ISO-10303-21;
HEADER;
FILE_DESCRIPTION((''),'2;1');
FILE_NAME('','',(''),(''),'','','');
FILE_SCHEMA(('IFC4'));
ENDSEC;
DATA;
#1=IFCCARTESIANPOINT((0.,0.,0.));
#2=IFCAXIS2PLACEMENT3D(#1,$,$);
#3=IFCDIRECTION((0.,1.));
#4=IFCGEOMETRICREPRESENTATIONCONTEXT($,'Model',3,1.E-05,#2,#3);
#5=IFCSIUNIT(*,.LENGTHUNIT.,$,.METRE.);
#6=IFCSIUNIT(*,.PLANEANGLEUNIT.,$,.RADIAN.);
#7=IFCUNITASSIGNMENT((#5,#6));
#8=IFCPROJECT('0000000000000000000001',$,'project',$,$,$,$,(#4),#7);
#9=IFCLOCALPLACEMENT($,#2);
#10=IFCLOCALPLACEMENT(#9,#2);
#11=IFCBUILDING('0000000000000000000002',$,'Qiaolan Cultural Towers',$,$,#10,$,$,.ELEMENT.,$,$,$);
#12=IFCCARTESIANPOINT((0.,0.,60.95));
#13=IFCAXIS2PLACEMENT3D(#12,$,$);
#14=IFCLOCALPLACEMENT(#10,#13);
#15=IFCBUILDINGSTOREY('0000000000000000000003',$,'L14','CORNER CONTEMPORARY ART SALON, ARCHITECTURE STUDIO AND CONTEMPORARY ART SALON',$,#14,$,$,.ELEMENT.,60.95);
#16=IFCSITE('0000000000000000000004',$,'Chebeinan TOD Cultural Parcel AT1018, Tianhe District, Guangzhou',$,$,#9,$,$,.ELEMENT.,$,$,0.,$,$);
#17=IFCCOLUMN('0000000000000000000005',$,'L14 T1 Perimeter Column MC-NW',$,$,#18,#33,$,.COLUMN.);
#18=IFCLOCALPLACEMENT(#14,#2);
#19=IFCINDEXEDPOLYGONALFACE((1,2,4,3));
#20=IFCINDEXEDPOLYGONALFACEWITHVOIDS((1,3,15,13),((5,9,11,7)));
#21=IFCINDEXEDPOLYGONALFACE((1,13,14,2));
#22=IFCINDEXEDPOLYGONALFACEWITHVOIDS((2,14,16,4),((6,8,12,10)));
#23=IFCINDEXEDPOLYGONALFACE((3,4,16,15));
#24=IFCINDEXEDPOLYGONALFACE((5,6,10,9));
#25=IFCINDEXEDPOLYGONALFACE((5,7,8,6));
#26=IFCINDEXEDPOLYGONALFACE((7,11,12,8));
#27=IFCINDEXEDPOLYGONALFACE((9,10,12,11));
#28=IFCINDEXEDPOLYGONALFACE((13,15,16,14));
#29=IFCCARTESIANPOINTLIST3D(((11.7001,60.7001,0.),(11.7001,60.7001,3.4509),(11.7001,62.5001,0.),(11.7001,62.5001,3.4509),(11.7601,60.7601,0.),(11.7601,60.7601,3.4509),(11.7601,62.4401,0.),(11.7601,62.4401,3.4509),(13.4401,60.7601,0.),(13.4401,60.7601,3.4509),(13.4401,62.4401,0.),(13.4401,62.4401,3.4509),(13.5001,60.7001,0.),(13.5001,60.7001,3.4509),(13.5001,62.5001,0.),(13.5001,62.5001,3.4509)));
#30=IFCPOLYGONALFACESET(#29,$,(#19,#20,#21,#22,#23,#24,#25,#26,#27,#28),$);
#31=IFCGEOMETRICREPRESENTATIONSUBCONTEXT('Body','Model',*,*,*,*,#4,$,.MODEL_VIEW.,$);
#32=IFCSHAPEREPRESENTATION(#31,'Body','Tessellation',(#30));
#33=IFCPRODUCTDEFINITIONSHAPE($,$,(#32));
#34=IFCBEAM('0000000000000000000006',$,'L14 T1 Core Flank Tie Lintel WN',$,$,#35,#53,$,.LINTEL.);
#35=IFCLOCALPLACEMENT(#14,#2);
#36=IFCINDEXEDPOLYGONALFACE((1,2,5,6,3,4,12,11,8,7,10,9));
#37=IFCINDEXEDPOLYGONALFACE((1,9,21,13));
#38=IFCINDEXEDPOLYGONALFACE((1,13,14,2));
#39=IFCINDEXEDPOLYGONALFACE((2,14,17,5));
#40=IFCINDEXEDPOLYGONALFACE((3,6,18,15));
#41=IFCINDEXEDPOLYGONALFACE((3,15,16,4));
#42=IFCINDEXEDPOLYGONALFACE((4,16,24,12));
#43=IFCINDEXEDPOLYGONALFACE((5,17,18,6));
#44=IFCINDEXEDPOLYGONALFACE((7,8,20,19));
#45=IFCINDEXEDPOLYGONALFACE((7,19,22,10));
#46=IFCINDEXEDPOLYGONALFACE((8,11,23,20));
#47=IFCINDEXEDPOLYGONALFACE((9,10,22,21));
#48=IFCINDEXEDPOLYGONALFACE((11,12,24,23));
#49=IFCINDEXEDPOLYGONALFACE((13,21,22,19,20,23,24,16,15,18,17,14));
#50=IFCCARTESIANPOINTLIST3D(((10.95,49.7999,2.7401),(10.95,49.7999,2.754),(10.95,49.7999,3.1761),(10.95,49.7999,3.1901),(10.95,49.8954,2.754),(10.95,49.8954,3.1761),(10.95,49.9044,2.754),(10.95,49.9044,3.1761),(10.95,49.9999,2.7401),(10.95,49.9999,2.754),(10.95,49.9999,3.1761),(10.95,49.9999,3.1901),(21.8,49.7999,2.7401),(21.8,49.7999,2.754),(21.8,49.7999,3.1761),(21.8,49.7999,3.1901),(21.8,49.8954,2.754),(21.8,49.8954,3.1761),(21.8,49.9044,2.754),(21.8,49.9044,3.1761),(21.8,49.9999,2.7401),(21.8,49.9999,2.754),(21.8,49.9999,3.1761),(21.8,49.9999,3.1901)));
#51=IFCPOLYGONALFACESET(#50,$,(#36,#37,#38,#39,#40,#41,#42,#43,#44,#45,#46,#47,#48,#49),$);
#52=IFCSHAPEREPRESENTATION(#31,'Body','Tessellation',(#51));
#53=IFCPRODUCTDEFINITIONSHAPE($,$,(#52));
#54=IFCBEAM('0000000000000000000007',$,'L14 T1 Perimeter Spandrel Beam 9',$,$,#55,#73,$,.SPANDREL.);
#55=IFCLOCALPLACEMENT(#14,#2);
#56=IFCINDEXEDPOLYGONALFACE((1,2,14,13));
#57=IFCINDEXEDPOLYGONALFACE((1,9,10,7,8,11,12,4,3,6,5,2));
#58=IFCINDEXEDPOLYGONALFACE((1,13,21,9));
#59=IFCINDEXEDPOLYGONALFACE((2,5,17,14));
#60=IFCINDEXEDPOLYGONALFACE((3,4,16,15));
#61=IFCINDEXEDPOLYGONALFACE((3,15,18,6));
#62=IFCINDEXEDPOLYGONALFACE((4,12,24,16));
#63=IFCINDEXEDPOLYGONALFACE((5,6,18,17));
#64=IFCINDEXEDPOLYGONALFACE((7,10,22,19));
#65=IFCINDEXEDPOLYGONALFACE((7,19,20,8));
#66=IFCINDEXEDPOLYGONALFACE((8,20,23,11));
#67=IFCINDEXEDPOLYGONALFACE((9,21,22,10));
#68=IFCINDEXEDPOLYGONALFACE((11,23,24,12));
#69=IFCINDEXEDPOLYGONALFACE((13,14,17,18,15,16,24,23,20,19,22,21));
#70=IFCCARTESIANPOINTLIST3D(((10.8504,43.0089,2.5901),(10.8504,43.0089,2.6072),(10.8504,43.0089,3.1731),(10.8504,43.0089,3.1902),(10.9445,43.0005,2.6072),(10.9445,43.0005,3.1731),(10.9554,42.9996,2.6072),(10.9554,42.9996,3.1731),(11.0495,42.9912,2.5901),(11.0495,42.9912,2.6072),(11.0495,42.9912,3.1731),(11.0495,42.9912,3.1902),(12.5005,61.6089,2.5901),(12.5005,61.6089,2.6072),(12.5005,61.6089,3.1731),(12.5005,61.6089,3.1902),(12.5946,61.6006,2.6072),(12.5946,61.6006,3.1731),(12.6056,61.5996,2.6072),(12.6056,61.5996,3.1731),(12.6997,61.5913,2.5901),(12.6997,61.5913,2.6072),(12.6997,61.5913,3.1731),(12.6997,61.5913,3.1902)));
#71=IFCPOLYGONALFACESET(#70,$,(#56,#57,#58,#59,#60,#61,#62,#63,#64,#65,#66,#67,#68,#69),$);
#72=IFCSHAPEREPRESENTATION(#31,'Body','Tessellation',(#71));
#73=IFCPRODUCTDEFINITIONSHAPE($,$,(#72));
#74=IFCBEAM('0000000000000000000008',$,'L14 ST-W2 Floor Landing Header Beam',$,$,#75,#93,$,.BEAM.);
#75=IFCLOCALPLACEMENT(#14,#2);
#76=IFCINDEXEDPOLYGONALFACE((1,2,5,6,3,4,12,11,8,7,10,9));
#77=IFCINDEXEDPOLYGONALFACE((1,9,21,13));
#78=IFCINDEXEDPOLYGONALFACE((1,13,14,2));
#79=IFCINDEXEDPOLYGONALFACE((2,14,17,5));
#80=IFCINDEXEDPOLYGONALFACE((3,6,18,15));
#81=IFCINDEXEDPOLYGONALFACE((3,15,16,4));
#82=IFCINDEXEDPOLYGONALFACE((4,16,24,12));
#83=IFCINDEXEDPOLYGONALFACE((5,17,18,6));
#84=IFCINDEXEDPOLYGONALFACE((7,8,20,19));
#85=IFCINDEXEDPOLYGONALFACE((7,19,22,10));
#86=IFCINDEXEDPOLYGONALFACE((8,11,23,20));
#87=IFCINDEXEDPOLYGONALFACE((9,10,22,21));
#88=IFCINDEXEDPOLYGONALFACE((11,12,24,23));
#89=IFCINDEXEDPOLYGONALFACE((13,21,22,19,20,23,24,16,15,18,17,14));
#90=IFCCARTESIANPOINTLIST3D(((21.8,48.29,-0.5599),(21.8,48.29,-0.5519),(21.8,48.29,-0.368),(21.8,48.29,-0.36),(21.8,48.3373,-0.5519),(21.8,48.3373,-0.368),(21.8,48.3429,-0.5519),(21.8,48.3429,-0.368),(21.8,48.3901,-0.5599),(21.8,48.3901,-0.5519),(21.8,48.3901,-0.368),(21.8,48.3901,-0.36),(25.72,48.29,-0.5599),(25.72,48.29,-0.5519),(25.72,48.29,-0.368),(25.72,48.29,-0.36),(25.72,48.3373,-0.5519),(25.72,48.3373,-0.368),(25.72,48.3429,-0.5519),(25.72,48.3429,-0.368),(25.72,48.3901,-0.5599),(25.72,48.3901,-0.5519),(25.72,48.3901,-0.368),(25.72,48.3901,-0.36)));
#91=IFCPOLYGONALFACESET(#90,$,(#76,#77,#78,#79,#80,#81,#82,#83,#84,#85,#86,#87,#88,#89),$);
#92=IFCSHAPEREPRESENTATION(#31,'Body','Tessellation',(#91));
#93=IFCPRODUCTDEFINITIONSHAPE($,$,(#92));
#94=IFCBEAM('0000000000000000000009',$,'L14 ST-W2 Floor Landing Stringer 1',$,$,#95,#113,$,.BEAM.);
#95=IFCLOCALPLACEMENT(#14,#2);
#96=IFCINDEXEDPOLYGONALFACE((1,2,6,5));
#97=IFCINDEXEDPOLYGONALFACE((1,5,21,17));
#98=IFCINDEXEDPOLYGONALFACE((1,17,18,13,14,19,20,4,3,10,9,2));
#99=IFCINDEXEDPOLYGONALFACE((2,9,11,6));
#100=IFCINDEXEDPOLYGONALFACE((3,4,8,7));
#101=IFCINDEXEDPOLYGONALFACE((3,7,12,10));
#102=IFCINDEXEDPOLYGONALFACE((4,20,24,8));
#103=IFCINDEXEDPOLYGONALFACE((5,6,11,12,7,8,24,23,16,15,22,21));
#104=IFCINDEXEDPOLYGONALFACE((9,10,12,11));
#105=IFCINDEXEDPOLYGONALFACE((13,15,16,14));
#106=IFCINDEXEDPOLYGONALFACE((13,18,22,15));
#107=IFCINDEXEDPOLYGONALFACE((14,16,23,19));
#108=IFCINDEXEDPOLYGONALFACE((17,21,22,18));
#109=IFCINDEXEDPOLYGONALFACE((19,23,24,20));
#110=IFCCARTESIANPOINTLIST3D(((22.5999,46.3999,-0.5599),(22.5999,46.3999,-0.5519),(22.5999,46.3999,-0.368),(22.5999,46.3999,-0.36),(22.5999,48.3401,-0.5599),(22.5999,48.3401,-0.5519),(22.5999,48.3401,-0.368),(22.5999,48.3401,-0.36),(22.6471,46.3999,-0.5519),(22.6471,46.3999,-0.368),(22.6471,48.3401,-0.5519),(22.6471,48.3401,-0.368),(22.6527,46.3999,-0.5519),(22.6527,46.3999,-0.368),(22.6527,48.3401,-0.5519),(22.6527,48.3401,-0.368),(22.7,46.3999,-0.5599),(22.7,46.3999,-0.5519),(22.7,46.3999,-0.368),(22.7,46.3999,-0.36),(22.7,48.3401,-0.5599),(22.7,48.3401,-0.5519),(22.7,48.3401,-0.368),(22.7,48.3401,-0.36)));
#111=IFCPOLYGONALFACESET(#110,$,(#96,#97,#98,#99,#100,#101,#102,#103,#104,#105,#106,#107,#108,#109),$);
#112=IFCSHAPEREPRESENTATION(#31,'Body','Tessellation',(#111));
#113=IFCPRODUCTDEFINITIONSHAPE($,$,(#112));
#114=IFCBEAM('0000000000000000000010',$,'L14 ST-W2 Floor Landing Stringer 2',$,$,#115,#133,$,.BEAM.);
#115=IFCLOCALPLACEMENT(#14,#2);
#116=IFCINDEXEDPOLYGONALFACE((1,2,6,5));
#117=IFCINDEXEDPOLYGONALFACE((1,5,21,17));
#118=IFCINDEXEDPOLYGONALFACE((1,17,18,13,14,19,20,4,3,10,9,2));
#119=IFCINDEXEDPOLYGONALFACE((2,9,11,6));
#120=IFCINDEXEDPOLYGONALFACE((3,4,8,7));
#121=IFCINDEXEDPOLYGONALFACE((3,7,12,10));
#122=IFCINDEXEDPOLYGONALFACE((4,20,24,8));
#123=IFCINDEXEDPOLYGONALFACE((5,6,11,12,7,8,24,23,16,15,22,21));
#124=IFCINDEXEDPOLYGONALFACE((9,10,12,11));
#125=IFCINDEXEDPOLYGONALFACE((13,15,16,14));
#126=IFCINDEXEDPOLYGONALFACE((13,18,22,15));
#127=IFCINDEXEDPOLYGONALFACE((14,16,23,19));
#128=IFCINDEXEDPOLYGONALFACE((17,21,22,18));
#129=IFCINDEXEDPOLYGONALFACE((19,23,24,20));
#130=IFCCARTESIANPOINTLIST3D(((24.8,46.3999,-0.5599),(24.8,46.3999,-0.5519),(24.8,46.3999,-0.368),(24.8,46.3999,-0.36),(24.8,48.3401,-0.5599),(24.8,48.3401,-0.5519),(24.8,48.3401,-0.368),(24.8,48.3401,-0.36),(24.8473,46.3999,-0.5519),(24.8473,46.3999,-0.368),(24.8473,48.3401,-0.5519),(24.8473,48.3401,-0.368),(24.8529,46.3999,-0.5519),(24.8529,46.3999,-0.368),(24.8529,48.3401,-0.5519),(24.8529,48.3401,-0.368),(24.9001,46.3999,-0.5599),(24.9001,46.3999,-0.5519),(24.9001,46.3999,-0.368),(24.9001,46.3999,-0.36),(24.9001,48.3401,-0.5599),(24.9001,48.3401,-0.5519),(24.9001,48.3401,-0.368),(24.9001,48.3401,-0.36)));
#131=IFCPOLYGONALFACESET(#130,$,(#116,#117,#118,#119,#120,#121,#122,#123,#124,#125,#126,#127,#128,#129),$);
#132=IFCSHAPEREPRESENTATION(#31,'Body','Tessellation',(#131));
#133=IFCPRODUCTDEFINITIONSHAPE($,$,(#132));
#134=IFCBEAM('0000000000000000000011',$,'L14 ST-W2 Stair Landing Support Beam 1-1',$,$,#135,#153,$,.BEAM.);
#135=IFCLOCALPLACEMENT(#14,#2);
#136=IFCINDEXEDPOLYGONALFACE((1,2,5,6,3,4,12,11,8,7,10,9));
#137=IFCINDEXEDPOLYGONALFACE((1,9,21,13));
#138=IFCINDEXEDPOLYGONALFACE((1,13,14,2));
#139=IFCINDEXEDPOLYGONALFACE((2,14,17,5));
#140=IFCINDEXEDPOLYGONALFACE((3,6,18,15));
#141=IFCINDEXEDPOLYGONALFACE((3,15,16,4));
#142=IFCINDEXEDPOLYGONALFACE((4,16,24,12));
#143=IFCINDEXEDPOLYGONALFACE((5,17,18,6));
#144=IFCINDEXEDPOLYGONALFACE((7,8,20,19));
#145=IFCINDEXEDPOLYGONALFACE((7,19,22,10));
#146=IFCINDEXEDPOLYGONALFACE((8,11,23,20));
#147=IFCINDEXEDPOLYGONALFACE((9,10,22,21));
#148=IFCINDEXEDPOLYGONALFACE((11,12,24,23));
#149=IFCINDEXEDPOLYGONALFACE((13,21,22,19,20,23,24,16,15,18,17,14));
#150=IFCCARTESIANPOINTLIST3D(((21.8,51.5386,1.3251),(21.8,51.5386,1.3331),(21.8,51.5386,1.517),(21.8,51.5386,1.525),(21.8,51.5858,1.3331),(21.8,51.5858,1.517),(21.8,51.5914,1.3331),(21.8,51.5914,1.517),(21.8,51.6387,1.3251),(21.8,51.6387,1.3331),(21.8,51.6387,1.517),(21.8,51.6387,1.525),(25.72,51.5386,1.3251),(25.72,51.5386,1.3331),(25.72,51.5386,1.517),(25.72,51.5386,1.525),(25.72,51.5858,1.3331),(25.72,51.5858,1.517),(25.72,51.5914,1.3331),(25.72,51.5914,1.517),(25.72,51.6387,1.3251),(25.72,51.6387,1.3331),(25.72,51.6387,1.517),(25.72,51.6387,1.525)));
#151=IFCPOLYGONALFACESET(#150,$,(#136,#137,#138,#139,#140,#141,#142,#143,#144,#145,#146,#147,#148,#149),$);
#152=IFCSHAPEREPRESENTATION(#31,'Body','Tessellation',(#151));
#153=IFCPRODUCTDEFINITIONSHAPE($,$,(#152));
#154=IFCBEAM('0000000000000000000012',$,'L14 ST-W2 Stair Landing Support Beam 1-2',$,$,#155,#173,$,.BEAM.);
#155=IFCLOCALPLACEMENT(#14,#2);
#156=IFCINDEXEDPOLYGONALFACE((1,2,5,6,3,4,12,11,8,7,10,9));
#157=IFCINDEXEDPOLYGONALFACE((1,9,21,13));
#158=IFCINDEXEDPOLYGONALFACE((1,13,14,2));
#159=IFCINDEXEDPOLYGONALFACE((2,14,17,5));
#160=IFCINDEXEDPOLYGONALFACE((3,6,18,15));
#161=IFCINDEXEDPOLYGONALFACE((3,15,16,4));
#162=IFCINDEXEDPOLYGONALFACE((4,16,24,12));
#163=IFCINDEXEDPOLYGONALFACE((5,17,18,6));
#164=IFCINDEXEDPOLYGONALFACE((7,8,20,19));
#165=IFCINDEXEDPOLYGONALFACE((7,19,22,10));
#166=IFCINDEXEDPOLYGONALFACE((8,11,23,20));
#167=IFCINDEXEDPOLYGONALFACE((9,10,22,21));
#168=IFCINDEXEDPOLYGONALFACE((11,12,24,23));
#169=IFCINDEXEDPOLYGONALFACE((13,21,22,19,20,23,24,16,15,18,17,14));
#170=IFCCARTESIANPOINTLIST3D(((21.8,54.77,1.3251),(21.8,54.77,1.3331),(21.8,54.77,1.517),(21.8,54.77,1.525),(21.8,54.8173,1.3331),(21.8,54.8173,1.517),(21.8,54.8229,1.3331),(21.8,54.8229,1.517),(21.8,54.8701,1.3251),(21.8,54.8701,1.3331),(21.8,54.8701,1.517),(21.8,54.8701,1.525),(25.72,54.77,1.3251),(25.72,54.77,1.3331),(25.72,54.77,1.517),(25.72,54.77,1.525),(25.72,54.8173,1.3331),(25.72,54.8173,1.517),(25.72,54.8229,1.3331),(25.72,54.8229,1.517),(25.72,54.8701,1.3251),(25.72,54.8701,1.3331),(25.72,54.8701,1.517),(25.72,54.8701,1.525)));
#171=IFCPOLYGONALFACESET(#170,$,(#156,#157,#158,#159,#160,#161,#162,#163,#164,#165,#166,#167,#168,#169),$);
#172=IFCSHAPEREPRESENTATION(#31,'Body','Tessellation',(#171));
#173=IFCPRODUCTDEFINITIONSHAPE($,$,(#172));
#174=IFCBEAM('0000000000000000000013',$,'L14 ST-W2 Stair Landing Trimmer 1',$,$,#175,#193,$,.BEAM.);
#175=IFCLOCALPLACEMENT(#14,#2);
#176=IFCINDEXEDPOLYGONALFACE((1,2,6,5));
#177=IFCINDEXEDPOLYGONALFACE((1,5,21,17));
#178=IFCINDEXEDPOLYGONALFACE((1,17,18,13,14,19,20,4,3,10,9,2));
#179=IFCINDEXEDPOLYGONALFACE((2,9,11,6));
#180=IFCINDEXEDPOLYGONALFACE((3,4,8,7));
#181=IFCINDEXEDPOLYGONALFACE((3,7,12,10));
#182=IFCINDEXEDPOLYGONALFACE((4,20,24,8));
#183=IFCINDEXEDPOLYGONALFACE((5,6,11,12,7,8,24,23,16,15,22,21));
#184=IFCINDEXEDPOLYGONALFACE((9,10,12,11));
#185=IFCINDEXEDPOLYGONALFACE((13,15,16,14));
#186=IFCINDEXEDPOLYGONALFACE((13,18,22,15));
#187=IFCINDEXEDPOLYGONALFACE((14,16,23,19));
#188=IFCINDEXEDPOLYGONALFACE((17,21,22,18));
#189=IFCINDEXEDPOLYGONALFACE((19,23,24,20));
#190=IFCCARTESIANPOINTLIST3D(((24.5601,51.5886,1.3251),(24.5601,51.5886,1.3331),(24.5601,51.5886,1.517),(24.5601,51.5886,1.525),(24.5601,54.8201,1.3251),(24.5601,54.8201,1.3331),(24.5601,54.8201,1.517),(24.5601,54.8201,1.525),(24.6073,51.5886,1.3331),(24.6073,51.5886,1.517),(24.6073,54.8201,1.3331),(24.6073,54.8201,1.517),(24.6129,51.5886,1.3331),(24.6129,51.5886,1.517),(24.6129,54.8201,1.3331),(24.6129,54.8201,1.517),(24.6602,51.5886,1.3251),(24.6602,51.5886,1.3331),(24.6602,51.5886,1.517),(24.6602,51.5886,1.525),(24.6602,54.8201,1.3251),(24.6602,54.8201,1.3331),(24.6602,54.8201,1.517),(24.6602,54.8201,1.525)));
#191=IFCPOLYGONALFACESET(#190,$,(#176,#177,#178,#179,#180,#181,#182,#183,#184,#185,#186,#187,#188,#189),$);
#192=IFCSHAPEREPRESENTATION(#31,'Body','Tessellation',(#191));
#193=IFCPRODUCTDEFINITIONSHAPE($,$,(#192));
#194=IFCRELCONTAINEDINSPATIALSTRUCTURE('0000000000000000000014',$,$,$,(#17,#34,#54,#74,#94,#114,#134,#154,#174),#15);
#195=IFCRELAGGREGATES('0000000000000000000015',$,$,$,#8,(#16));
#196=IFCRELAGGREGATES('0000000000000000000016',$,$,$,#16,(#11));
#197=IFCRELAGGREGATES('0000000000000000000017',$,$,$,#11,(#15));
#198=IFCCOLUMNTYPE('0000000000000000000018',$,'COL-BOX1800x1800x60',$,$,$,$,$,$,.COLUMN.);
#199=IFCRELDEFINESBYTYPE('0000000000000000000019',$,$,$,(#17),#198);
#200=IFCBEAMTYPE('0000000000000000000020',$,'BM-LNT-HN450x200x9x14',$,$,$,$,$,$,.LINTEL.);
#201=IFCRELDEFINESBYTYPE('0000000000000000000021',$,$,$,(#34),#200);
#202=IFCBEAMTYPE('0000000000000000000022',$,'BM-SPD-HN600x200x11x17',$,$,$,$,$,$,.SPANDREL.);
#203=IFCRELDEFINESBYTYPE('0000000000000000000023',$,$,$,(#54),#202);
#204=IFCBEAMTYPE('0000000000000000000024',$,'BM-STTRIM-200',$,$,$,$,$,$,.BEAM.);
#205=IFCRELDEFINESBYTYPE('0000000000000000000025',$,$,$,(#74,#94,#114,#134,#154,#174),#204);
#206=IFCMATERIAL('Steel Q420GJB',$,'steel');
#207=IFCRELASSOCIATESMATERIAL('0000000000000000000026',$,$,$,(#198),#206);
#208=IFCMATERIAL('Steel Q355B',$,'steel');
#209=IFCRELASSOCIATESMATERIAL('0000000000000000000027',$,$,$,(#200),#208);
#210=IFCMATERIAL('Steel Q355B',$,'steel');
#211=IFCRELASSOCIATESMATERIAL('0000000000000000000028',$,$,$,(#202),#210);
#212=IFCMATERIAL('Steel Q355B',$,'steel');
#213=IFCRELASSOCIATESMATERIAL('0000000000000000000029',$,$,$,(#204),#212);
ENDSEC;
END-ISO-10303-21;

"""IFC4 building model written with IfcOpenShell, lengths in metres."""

from ifc_helpers import new_model, si_unit, direction, frame, origin, origin_2d, place, context, subcontext, project, spatial, hollow_rectangle, i_section, extrude, material, material_profile, profile_set, type_object, element, save


model = new_model("IFC4")

# Units and contexts
model_context = context("Model", 3, precision=1e-05, world=origin(), true_north=direction((0.0, 1.0)))
body_context = subcontext(model_context, "Body", "Model", "MODEL_VIEW")
ifc_project = project(units=[si_unit("LENGTHUNIT", "METRE"), si_unit("PLANEANGLEUNIT", "RADIAN")], contexts=[model_context])

# Site, building, storey
site_placement = place(None, origin())
site = spatial("IfcSite", under=ifc_project, at=site_placement, Name="Chebeinan TOD Cultural Parcel AT1018, Tianhe District, Guangzhou", CompositionType="ELEMENT", RefElevation=0.0)
building_placement = place(site_placement, origin())
building = spatial("IfcBuilding", under=site, at=building_placement, Name="Qiaolan Cultural Towers", CompositionType="ELEMENT")
storey_placement = place(building_placement, frame((0.0, 0.0, 60.95)))
storey = spatial("IfcBuildingStorey", under=building, at=storey_placement, Name="L14", Description="CORNER CONTEMPORARY ART SALON, ARCHITECTURE STUDIO AND CONTEMPORARY ART SALON", CompositionType="ELEMENT", Elevation=60.95)

# Column
ifc_material_1 = material(Name="Steel Q420GJB", Category="steel")
ifc_material_profile_1 = material_profile(ifc_material_1, hollow_rectangle(XDim=1.8, YDim=1.8, WallThickness=0.0601, at=origin_2d()), Name="BOX1800x1800x60")
ifc_profile_set_1 = profile_set([ifc_material_profile_1], Name="Steel Q420GJB")
column_type = type_object("IfcColumnType", Name="COL-BOX1800x1800x60", PredefinedType="COLUMN", material=ifc_profile_set_1)
column_placement = place(storey_placement, frame((12.6001, 61.6001, 0.0), z_axis=(0.0, 0.0, 1.0), x_axis=(1.0, 0.0, 0.0)))
element("IfcColumn", 1, at=column_placement, inside=storey, type_object=column_type, Name="L14 T1 Perimeter Column MC-NW", PredefinedType="COLUMN", context=body_context, shape_type="SweptSolid", body=[
    extrude(hollow_rectangle(XDim=1.8, YDim=1.8, WallThickness=0.0601, at=origin_2d()), origin(), (0.0, 0.0, 1.0), 3.4509),
])

# Beams
ifc_material_2 = material(Name="Steel Q355B", Category="steel")
ifc_material_profile_2 = material_profile(ifc_material_2, i_section(OverallWidth=0.2, OverallDepth=0.45, WebThickness=0.009, FlangeThickness=0.0139, at=origin_2d()), Name="HN450x200x9x14")
ifc_profile_set_2 = profile_set([ifc_material_profile_2], Name="Steel Q355B")
beam_type_1 = type_object("IfcBeamType", Name="BM-LNT-HN450x200x9x14", PredefinedType="LINTEL", material=ifc_profile_set_2)
beam_1_placement = place(storey_placement, frame((21.8, 49.8999, 2.9651), z_axis=(-1.0, 0.0, 0.0), x_axis=(0.0, -1.0, 0.0)))
element("IfcBeam", 2, at=beam_1_placement, inside=storey, type_object=beam_type_1, Name="L14 T1 Core Flank Tie Lintel WN", PredefinedType="LINTEL", context=body_context, shape_type="SweptSolid", body=[
    extrude(i_section(OverallWidth=0.2, OverallDepth=0.45, WebThickness=0.009, FlangeThickness=0.0139, at=origin_2d()), origin(), (0.0, 0.0, 1.0), 10.8501),
])
ifc_material_3 = material(Name="Steel Q355B", Category="steel")
ifc_material_profile_3 = material_profile(ifc_material_3, i_section(OverallWidth=0.2, OverallDepth=0.6001, WebThickness=0.011, FlangeThickness=0.0171, at=origin_2d()), Name="HN600x200x11x17")
ifc_profile_set_3 = profile_set([ifc_material_profile_3], Name="Steel Q355B")
beam_type_2 = type_object("IfcBeamType", Name="BM-SPD-HN600x200x11x17", PredefinedType="SPANDREL", material=ifc_profile_set_3)
beam_2_placement = place(storey_placement, frame((12.6001, 61.6001, 2.8901), z_axis=(-0.08837, -0.996088, 0.0), x_axis=(0.996088, -0.08837, 0.0)))
element("IfcBeam", 3, at=beam_2_placement, inside=storey, type_object=beam_type_2, Name="L14 T1 Perimeter Spandrel Beam 9", PredefinedType="SPANDREL", context=body_context, shape_type="SweptSolid", body=[
    extrude(i_section(OverallWidth=0.2, OverallDepth=0.6001, WebThickness=0.011, FlangeThickness=0.0171, at=origin_2d()), origin(), (0.0, 0.0, 1.0), 18.6731),
])
ifc_material_4 = material(Name="Steel Q355B", Category="steel")
ifc_material_profile_4 = material_profile(ifc_material_4, i_section(OverallWidth=0.1001, OverallDepth=0.2, WebThickness=0.0056, FlangeThickness=0.0081, at=origin_2d()), Name="HN200x100x5.5x8")
ifc_profile_set_4 = profile_set([ifc_material_profile_4], Name="Steel Q355B")
beam_type_3 = type_object("IfcBeamType", Name="BM-STTRIM-200", PredefinedType="BEAM", material=ifc_profile_set_4)
beam_3_placement = place(storey_placement, frame((21.8, 48.3401, -0.46), z_axis=(1.0, 0.0, 0.0), x_axis=(0.0, 1.0, 0.0)))
element("IfcBeam", 4, at=beam_3_placement, inside=storey, type_object=beam_type_3, Name="L14 ST-W2 Floor Landing Header Beam", PredefinedType="BEAM", context=body_context, shape_type="SweptSolid", body=[
    extrude(i_section(OverallWidth=0.1001, OverallDepth=0.2, WebThickness=0.0056, FlangeThickness=0.0081, at=origin_2d()), origin(), (0.0, 0.0, 1.0), 3.9199),
])
for number, where, z_axis, x_axis, name in (
    (5, (22.6499, 46.3999, -0.46), (0.0, 1.0, 0.0), (-1.0, 0.0, 0.0), "L14 ST-W2 Floor Landing Stringer 1"),
    (6, (24.8501, 46.3999, -0.46), (0.0, 1.0, 0.0), (-1.0, 0.0, 0.0), "L14 ST-W2 Floor Landing Stringer 2"),
):
    element("IfcBeam", number, at=place(storey_placement, frame(where, z_axis=z_axis, x_axis=x_axis)), inside=storey, type_object=beam_type_3, Name=name, PredefinedType="BEAM", context=body_context, shape_type="SweptSolid", body=[
        extrude(i_section(OverallWidth=0.1001, OverallDepth=0.2, WebThickness=0.0056, FlangeThickness=0.0081, at=origin_2d()), origin(), (0.0, 0.0, 1.0), 1.9402),
    ])
for number, where, z_axis, x_axis, name in (
    (7, (21.8, 51.5886, 1.425), (1.0, 0.0, 0.0), (0.0, 1.0, 0.0), "L14 ST-W2 Stair Landing Support Beam 1-1"),
    (8, (21.8, 54.8201, 1.425), (1.0, 0.0, 0.0), (0.0, 1.0, 0.0), "L14 ST-W2 Stair Landing Support Beam 1-2"),
):
    element("IfcBeam", number, at=place(storey_placement, frame(where, z_axis=z_axis, x_axis=x_axis)), inside=storey, type_object=beam_type_3, Name=name, PredefinedType="BEAM", context=body_context, shape_type="SweptSolid", body=[
        extrude(i_section(OverallWidth=0.1001, OverallDepth=0.2, WebThickness=0.0056, FlangeThickness=0.0081, at=origin_2d()), origin(), (0.0, 0.0, 1.0), 3.9199),
    ])
beam_4_placement = place(storey_placement, frame((24.6101, 51.5886, 1.425), z_axis=(0.0, 1.0, 0.0), x_axis=(-1.0, 0.0, 0.0)))
element("IfcBeam", 9, at=beam_4_placement, inside=storey, type_object=beam_type_3, Name="L14 ST-W2 Stair Landing Trimmer 1", PredefinedType="BEAM", context=body_context, shape_type="SweptSolid", body=[
    extrude(i_section(OverallWidth=0.1001, OverallDepth=0.2, WebThickness=0.0056, FlangeThickness=0.0081, at=origin_2d()), origin(), (0.0, 0.0, 1.0), 3.2314),
])

save(model, "model.ifc")
